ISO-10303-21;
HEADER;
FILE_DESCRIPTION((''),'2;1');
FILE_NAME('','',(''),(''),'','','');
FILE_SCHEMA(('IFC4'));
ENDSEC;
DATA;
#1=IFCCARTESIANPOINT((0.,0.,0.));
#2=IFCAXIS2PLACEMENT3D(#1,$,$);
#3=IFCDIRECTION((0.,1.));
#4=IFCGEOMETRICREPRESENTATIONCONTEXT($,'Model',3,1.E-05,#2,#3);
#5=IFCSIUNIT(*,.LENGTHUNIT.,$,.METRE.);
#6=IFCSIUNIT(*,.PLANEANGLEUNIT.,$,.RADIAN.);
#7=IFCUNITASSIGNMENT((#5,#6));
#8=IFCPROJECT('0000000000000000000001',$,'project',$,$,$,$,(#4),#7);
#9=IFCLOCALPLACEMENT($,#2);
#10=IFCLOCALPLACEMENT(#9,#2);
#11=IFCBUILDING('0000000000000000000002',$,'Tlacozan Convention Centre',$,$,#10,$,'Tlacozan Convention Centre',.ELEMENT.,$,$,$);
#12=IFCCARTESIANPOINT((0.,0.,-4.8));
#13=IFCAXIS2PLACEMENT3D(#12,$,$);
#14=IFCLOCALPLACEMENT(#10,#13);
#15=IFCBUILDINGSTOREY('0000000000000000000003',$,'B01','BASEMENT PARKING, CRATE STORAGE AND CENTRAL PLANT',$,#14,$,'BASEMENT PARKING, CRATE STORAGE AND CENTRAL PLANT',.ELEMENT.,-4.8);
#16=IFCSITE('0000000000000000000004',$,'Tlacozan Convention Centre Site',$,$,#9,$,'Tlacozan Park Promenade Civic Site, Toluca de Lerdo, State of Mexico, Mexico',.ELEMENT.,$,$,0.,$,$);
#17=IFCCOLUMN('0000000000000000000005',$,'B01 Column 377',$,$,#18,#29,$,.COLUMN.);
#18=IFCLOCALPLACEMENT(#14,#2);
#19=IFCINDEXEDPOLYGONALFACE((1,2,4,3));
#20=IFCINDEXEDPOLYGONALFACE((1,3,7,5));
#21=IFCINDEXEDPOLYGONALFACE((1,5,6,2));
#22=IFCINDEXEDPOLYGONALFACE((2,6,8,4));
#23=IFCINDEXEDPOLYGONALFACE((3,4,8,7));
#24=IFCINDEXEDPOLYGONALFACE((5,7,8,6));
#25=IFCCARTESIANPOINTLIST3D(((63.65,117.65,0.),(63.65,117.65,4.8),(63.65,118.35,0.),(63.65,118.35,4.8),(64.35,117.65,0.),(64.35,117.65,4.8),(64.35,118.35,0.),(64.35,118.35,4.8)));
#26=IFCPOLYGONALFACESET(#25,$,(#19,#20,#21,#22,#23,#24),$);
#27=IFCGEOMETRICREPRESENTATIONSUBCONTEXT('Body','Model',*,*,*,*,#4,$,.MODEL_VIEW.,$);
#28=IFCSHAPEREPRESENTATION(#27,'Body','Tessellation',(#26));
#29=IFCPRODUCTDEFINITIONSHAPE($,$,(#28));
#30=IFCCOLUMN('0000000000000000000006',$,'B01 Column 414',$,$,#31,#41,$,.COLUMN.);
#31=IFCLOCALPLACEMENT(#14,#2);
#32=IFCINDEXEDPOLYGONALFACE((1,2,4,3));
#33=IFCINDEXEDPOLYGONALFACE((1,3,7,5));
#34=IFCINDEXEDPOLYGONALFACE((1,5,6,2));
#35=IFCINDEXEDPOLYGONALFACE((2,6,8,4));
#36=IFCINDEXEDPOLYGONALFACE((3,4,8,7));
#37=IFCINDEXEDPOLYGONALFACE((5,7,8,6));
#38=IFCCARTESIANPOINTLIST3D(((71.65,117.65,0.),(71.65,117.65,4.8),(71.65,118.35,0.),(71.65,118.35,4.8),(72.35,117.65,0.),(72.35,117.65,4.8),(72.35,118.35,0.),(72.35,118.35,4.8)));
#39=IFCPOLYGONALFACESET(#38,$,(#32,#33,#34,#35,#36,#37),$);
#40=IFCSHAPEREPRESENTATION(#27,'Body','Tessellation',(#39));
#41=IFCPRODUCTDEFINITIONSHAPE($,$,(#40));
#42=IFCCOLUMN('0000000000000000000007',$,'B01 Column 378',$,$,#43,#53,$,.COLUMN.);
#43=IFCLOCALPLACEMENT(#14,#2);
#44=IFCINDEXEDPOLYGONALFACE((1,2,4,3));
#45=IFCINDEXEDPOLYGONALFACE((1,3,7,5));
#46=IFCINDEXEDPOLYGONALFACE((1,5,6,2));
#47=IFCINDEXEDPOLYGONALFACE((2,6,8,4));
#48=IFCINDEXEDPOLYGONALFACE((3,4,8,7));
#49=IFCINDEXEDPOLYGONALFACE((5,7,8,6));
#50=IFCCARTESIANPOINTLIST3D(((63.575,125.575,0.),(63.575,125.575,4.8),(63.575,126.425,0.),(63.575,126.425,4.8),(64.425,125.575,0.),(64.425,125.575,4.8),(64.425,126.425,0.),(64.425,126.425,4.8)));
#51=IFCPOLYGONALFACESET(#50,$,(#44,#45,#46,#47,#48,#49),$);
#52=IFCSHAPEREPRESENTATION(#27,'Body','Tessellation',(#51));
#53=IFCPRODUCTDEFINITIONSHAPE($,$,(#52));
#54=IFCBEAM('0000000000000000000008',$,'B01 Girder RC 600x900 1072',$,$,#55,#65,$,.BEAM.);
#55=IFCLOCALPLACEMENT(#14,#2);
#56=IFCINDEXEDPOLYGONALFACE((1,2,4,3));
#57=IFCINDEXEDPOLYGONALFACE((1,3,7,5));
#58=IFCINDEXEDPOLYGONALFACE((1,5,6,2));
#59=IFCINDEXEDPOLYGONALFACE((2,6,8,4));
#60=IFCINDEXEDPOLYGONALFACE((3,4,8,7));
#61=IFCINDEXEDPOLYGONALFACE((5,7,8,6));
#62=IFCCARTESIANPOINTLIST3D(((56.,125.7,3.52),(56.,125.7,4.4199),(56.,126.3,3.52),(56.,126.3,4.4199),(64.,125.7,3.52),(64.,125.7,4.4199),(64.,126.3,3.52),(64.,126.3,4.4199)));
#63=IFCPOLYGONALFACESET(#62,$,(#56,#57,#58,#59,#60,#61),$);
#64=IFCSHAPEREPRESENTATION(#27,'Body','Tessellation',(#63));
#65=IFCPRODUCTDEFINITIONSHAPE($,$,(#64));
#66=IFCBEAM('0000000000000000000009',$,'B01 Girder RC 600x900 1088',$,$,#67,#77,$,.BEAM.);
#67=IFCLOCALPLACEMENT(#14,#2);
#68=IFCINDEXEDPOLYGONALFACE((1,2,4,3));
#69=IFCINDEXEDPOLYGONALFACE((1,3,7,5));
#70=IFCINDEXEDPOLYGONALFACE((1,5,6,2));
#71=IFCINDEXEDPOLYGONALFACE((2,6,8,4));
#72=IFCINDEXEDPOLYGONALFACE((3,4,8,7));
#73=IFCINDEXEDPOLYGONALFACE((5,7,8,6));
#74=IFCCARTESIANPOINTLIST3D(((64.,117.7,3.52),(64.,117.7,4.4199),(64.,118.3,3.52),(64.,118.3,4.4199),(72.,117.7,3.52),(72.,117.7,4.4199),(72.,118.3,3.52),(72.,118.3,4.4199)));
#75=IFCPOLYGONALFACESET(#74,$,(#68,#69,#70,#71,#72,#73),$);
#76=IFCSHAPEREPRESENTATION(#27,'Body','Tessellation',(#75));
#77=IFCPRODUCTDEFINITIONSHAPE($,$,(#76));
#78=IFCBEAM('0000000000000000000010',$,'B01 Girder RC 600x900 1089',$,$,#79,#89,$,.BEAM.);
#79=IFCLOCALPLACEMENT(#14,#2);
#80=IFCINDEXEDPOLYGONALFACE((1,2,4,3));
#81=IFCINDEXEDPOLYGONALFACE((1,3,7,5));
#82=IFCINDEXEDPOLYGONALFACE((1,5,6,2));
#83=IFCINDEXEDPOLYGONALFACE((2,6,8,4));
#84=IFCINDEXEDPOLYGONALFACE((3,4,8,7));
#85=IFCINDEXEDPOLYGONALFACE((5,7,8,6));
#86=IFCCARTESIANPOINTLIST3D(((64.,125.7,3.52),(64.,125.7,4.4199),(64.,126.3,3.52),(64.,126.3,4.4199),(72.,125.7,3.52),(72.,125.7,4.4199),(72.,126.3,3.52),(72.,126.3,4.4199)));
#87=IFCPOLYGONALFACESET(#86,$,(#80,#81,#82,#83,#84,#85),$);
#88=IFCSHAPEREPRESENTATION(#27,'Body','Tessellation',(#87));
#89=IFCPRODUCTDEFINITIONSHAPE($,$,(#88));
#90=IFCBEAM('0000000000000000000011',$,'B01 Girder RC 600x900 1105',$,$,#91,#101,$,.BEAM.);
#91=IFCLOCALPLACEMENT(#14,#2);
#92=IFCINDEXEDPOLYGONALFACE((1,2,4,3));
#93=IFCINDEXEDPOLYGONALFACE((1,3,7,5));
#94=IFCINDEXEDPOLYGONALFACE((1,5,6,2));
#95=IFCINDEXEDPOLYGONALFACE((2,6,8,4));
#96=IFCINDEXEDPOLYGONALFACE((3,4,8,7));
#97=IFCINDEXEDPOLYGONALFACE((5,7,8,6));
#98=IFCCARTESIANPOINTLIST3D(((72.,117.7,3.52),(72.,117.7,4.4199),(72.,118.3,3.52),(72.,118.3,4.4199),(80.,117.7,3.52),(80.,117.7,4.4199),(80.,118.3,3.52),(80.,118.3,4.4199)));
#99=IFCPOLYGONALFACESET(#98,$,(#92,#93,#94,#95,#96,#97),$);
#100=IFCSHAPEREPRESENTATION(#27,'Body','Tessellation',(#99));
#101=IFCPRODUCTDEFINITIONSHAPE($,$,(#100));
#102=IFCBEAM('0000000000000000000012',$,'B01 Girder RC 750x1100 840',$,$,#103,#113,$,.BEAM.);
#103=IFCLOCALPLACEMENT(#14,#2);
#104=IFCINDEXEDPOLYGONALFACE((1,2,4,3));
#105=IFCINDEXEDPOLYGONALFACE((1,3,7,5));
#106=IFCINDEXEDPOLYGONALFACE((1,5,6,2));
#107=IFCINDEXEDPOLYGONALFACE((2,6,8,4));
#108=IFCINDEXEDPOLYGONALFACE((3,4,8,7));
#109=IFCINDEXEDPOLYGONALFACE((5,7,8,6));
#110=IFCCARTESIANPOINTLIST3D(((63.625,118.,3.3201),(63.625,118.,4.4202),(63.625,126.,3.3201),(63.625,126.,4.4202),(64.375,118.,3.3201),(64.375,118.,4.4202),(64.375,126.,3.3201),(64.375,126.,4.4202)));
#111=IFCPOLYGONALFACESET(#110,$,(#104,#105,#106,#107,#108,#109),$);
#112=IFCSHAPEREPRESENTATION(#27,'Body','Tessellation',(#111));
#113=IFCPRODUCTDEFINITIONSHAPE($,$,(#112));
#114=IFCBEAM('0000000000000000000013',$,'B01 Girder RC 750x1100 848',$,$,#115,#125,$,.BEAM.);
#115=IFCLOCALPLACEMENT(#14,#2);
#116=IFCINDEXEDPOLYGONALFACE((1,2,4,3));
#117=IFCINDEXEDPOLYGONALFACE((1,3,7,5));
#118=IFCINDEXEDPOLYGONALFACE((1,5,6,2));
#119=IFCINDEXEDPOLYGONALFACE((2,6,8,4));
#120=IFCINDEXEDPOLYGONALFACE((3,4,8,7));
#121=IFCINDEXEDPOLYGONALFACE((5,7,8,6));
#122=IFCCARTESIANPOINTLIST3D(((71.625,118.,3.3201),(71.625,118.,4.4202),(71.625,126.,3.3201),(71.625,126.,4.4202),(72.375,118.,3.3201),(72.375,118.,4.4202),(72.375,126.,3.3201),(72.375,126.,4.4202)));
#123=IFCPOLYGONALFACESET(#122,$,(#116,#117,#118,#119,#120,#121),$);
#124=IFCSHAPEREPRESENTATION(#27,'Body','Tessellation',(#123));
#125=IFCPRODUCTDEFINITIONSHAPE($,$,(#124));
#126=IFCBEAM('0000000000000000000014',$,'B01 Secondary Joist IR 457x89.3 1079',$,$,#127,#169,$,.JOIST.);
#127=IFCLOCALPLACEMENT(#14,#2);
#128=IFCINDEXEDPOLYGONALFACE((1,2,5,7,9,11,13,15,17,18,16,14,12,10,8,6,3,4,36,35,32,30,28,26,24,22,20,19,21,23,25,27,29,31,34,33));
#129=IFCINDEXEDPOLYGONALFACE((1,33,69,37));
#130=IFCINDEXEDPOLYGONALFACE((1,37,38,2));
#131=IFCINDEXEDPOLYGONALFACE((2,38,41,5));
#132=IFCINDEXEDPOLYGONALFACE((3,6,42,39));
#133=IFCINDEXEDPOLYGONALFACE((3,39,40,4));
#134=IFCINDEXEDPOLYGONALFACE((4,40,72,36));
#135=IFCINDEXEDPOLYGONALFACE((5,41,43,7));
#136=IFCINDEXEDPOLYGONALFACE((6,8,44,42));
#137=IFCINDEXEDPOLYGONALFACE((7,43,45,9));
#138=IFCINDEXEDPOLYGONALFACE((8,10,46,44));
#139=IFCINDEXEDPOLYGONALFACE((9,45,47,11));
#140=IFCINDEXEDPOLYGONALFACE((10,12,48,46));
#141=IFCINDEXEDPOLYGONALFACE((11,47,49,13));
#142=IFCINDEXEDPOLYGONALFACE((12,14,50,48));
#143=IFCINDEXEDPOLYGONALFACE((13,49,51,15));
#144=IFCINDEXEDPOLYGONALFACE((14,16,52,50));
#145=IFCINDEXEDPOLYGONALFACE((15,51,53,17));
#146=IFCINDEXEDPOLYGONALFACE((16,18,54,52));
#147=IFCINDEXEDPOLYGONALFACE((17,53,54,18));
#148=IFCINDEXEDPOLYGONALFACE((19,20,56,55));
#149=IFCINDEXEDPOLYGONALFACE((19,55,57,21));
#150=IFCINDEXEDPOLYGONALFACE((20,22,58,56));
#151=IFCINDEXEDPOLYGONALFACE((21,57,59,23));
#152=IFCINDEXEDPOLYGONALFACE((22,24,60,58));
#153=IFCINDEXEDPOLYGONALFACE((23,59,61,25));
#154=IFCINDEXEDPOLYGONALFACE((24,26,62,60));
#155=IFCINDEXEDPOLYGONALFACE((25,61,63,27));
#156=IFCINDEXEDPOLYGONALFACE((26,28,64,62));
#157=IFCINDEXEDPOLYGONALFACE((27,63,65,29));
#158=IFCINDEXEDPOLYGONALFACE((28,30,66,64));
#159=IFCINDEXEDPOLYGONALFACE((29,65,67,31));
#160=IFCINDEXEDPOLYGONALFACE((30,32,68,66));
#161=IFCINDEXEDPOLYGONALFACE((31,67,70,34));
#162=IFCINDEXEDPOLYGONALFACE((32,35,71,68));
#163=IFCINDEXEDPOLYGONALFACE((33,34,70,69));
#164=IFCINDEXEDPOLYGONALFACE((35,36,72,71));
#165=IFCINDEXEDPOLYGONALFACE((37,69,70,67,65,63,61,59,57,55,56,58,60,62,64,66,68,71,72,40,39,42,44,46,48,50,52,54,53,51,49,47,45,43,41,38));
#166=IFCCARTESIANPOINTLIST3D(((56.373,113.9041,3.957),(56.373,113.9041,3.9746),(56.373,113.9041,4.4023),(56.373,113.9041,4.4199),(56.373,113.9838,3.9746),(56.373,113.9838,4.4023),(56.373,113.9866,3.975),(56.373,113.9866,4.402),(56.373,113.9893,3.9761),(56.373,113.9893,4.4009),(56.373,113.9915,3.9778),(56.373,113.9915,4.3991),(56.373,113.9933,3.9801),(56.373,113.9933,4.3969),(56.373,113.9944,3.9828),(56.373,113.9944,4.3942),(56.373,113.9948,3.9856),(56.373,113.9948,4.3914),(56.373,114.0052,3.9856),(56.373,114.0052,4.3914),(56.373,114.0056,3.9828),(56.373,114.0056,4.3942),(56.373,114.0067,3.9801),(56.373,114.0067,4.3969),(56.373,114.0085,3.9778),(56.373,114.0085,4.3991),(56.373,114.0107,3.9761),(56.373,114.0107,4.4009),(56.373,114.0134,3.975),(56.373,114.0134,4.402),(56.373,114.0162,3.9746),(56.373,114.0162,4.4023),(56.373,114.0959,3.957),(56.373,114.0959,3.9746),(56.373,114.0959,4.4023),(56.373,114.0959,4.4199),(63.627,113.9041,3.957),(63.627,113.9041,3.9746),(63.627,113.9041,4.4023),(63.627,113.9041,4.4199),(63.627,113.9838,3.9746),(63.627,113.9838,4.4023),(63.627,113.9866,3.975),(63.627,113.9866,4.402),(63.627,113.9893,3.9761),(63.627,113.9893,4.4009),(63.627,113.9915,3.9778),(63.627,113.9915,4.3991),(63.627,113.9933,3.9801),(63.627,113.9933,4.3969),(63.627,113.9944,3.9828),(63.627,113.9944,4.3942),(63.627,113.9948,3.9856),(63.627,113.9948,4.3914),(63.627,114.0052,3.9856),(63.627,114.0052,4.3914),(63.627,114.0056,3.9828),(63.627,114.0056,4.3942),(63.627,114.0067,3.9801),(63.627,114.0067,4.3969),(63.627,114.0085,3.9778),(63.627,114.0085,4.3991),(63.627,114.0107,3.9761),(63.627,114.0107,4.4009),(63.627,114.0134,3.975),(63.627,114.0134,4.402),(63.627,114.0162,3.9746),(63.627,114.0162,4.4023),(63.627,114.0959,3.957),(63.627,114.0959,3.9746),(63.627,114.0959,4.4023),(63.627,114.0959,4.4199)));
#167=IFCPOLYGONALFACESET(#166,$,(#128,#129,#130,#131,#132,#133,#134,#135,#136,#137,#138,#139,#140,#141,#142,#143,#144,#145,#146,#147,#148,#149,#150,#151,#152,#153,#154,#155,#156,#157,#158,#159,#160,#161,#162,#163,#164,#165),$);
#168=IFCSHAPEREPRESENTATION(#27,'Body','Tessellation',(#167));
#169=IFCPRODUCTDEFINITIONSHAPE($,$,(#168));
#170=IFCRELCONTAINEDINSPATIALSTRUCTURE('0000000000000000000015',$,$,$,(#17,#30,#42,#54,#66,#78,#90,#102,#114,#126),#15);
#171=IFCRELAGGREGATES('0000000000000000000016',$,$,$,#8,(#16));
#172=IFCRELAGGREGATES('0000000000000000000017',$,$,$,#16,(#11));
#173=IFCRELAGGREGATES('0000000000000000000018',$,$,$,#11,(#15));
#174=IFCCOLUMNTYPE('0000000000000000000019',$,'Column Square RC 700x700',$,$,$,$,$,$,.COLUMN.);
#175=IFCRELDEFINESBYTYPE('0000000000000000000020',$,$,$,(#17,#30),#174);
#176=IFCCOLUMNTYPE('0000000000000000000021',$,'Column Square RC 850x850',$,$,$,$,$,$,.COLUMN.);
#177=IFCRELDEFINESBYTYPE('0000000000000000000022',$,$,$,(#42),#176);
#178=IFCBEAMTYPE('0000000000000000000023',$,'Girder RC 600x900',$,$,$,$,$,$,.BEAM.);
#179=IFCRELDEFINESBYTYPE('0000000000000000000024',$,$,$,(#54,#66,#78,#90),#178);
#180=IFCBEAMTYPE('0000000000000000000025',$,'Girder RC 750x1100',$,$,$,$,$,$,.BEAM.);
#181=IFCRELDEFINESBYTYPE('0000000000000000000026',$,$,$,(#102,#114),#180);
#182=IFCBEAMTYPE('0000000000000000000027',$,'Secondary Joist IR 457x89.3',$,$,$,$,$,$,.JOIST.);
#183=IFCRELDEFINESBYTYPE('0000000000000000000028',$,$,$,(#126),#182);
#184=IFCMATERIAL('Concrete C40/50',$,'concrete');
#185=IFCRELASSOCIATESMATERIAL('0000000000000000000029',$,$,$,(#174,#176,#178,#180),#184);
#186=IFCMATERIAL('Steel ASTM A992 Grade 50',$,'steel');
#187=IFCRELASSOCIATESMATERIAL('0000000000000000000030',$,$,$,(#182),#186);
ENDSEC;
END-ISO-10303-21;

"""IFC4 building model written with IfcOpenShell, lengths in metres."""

from ifc_helpers import new_model, si_unit, direction, frame, origin, origin_2d, place, context, subcontext, project, spatial, rectangle, i_section, extrude, material, material_profile, profile_set, type_object, element, save


model = new_model("IFC4")

# Units and contexts
model_context = context("Model", 3, precision=1e-05, world=origin(), true_north=direction((0.0, 1.0)))
body_context = subcontext(model_context, "Body", "Model", "MODEL_VIEW")
ifc_project = project(units=[si_unit("LENGTHUNIT", "METRE"), si_unit("PLANEANGLEUNIT", "RADIAN")], contexts=[model_context])

# Site, building, storey
site_placement = place(None, origin())
site = spatial("IfcSite", under=ifc_project, at=site_placement, Name="Tlacozan Convention Centre Site", LongName="Tlacozan Park Promenade Civic Site, Toluca de Lerdo, State of Mexico, Mexico", CompositionType="ELEMENT", RefElevation=0.0)
building_placement = place(site_placement, origin())
building = spatial("IfcBuilding", under=site, at=building_placement, Name="Tlacozan Convention Centre", LongName="Tlacozan Convention Centre", CompositionType="ELEMENT")
storey_placement = place(building_placement, frame((0.0, 0.0, -4.8)))
storey = spatial("IfcBuildingStorey", under=building, at=storey_placement, Name="B01", Description="BASEMENT PARKING, CRATE STORAGE AND CENTRAL PLANT", LongName="BASEMENT PARKING, CRATE STORAGE AND CENTRAL PLANT", CompositionType="ELEMENT", Elevation=-4.8)

# Columns
ifc_material_1 = material(Name="Concrete C40/50", Category="concrete")
ifc_material_profile_1 = material_profile(ifc_material_1, rectangle(XDim=0.7, YDim=0.7, at=origin_2d()), Name="RC 700x700")
ifc_profile_set_1 = profile_set([ifc_material_profile_1], Name="Concrete C40/50")
column_type_1 = type_object("IfcColumnType", Name="Column Square RC 700x700", PredefinedType="COLUMN", material=ifc_profile_set_1)
for number, where, z_axis, x_axis, name in (
    (1, (64.0, 118.0, 0.0), (0.0, 0.0, 1.0), (1.0, 0.0, 0.0), "B01 Column 377"),
    (2, (72.0, 118.0, 0.0), (0.0, 0.0, 1.0), (1.0, 0.0, 0.0), "B01 Column 414"),
):
    element("IfcColumn", number, at=place(storey_placement, frame(where, z_axis=z_axis, x_axis=x_axis)), inside=storey, type_object=column_type_1, Name=name, PredefinedType="COLUMN", context=body_context, shape_type="SweptSolid", body=[
        extrude(rectangle(XDim=0.7, YDim=0.7, at=origin_2d()), origin(), (0.0, 0.0, 1.0), 4.8),
    ])
ifc_material_profile_2 = material_profile(ifc_material_1, rectangle(XDim=0.8501, YDim=0.8501, at=origin_2d()), Name="RC 850x850")
ifc_profile_set_2 = profile_set([ifc_material_profile_2], Name="Concrete C40/50")
column_type_2 = type_object("IfcColumnType", Name="Column Square RC 850x850", PredefinedType="COLUMN", material=ifc_profile_set_2)
column_placement = place(storey_placement, frame((64.0, 126.0, 0.0), z_axis=(0.0, 0.0, 1.0), x_axis=(1.0, 0.0, 0.0)))
element("IfcColumn", 3, at=column_placement, inside=storey, type_object=column_type_2, Name="B01 Column 378", PredefinedType="COLUMN", context=body_context, shape_type="SweptSolid", body=[
    extrude(rectangle(XDim=0.8501, YDim=0.8501, at=origin_2d()), origin(), (0.0, 0.0, 1.0), 4.8),
])

# Beams
ifc_material_profile_3 = material_profile(ifc_material_1, rectangle(XDim=0.6001, YDim=0.8999, at=origin_2d()), Name="RC 600x900")
ifc_profile_set_3 = profile_set([ifc_material_profile_3], Name="Concrete C40/50")
beam_type_1 = type_object("IfcBeamType", Name="Girder RC 600x900", PredefinedType="BEAM", material=ifc_profile_set_3)
for number, where, z_axis, x_axis, name in (
    (4, (56.0, 126.0, 3.97), (1.0, 0.0, 0.0), (0.0, 1.0, 0.0), "B01 Girder RC 600x900 1072"),
    (5, (64.0, 118.0, 3.97), (1.0, 0.0, 0.0), (0.0, 1.0, 0.0), "B01 Girder RC 600x900 1088"),
    (6, (64.0, 126.0, 3.97), (1.0, 0.0, 0.0), (0.0, 1.0, 0.0), "B01 Girder RC 600x900 1089"),
    (7, (72.0, 118.0, 3.97), (1.0, 0.0, 0.0), (0.0, 1.0, 0.0), "B01 Girder RC 600x900 1105"),
):
    element("IfcBeam", number, at=place(storey_placement, frame(where, z_axis=z_axis, x_axis=x_axis)), inside=storey, type_object=beam_type_1, Name=name, PredefinedType="BEAM", context=body_context, shape_type="SweptSolid", body=[
        extrude(rectangle(XDim=0.6001, YDim=0.8999, at=origin_2d()), origin(), (0.0, 0.0, 1.0), 8.0),
    ])
ifc_material_profile_4 = material_profile(ifc_material_1, rectangle(XDim=0.75, YDim=1.1001, at=origin_2d()), Name="RC 750x1100")
ifc_profile_set_4 = profile_set([ifc_material_profile_4], Name="Concrete C40/50")
beam_type_2 = type_object("IfcBeamType", Name="Girder RC 750x1100", PredefinedType="BEAM", material=ifc_profile_set_4)
for number, where, z_axis, x_axis, name in (
    (8, (64.0, 118.0, 3.8701), (0.0, 1.0, 0.0), (-1.0, 0.0, 0.0), "B01 Girder RC 750x1100 840"),
    (9, (72.0, 118.0, 3.8701), (0.0, 1.0, 0.0), (-1.0, 0.0, 0.0), "B01 Girder RC 750x1100 848"),
):
    element("IfcBeam", number, at=place(storey_placement, frame(where, z_axis=z_axis, x_axis=x_axis)), inside=storey, type_object=beam_type_2, Name=name, PredefinedType="BEAM", context=body_context, shape_type="SweptSolid", body=[
        extrude(rectangle(XDim=0.75, YDim=1.1001, at=origin_2d()), origin(), (0.0, 0.0, 1.0), 8.0),
    ])
ifc_material_2 = material(Name="Steel ASTM A992 Grade 50", Category="steel")
ifc_material_profile_5 = material_profile(ifc_material_2, i_section(OverallWidth=0.1919, OverallDepth=0.4629, WebThickness=0.0105, FlangeThickness=0.0176, FilletRadius=0.011, at=origin_2d()), Name="IR 457x89.3")
ifc_profile_set_5 = profile_set([ifc_material_profile_5], Name="Steel ASTM A992 Grade 50")
beam_type_3 = type_object("IfcBeamType", Name="Secondary Joist IR 457x89.3", PredefinedType="JOIST", material=ifc_profile_set_5)
for number, where, z_axis, x_axis, name in (
    (10, (56.373, 114.0, 4.1885), (1.0, 0.0, 0.0), (0.0, 1.0, 0.0), "B01 Secondary Joist IR 457x89.3 1079"),
):
    element("IfcBeam", number, at=place(storey_placement, frame(where, z_axis=z_axis, x_axis=x_axis)), inside=storey, type_object=beam_type_3, Name=name, PredefinedType="JOIST", context=body_context, shape_type="SweptSolid", body=[
        extrude(i_section(OverallWidth=0.1919, OverallDepth=0.4629, WebThickness=0.0105, FlangeThickness=0.0176, FilletRadius=0.011, at=origin_2d()), origin(), (0.0, 0.0, 1.0), 7.2539),
    ])

save(model, "model.ifc")
